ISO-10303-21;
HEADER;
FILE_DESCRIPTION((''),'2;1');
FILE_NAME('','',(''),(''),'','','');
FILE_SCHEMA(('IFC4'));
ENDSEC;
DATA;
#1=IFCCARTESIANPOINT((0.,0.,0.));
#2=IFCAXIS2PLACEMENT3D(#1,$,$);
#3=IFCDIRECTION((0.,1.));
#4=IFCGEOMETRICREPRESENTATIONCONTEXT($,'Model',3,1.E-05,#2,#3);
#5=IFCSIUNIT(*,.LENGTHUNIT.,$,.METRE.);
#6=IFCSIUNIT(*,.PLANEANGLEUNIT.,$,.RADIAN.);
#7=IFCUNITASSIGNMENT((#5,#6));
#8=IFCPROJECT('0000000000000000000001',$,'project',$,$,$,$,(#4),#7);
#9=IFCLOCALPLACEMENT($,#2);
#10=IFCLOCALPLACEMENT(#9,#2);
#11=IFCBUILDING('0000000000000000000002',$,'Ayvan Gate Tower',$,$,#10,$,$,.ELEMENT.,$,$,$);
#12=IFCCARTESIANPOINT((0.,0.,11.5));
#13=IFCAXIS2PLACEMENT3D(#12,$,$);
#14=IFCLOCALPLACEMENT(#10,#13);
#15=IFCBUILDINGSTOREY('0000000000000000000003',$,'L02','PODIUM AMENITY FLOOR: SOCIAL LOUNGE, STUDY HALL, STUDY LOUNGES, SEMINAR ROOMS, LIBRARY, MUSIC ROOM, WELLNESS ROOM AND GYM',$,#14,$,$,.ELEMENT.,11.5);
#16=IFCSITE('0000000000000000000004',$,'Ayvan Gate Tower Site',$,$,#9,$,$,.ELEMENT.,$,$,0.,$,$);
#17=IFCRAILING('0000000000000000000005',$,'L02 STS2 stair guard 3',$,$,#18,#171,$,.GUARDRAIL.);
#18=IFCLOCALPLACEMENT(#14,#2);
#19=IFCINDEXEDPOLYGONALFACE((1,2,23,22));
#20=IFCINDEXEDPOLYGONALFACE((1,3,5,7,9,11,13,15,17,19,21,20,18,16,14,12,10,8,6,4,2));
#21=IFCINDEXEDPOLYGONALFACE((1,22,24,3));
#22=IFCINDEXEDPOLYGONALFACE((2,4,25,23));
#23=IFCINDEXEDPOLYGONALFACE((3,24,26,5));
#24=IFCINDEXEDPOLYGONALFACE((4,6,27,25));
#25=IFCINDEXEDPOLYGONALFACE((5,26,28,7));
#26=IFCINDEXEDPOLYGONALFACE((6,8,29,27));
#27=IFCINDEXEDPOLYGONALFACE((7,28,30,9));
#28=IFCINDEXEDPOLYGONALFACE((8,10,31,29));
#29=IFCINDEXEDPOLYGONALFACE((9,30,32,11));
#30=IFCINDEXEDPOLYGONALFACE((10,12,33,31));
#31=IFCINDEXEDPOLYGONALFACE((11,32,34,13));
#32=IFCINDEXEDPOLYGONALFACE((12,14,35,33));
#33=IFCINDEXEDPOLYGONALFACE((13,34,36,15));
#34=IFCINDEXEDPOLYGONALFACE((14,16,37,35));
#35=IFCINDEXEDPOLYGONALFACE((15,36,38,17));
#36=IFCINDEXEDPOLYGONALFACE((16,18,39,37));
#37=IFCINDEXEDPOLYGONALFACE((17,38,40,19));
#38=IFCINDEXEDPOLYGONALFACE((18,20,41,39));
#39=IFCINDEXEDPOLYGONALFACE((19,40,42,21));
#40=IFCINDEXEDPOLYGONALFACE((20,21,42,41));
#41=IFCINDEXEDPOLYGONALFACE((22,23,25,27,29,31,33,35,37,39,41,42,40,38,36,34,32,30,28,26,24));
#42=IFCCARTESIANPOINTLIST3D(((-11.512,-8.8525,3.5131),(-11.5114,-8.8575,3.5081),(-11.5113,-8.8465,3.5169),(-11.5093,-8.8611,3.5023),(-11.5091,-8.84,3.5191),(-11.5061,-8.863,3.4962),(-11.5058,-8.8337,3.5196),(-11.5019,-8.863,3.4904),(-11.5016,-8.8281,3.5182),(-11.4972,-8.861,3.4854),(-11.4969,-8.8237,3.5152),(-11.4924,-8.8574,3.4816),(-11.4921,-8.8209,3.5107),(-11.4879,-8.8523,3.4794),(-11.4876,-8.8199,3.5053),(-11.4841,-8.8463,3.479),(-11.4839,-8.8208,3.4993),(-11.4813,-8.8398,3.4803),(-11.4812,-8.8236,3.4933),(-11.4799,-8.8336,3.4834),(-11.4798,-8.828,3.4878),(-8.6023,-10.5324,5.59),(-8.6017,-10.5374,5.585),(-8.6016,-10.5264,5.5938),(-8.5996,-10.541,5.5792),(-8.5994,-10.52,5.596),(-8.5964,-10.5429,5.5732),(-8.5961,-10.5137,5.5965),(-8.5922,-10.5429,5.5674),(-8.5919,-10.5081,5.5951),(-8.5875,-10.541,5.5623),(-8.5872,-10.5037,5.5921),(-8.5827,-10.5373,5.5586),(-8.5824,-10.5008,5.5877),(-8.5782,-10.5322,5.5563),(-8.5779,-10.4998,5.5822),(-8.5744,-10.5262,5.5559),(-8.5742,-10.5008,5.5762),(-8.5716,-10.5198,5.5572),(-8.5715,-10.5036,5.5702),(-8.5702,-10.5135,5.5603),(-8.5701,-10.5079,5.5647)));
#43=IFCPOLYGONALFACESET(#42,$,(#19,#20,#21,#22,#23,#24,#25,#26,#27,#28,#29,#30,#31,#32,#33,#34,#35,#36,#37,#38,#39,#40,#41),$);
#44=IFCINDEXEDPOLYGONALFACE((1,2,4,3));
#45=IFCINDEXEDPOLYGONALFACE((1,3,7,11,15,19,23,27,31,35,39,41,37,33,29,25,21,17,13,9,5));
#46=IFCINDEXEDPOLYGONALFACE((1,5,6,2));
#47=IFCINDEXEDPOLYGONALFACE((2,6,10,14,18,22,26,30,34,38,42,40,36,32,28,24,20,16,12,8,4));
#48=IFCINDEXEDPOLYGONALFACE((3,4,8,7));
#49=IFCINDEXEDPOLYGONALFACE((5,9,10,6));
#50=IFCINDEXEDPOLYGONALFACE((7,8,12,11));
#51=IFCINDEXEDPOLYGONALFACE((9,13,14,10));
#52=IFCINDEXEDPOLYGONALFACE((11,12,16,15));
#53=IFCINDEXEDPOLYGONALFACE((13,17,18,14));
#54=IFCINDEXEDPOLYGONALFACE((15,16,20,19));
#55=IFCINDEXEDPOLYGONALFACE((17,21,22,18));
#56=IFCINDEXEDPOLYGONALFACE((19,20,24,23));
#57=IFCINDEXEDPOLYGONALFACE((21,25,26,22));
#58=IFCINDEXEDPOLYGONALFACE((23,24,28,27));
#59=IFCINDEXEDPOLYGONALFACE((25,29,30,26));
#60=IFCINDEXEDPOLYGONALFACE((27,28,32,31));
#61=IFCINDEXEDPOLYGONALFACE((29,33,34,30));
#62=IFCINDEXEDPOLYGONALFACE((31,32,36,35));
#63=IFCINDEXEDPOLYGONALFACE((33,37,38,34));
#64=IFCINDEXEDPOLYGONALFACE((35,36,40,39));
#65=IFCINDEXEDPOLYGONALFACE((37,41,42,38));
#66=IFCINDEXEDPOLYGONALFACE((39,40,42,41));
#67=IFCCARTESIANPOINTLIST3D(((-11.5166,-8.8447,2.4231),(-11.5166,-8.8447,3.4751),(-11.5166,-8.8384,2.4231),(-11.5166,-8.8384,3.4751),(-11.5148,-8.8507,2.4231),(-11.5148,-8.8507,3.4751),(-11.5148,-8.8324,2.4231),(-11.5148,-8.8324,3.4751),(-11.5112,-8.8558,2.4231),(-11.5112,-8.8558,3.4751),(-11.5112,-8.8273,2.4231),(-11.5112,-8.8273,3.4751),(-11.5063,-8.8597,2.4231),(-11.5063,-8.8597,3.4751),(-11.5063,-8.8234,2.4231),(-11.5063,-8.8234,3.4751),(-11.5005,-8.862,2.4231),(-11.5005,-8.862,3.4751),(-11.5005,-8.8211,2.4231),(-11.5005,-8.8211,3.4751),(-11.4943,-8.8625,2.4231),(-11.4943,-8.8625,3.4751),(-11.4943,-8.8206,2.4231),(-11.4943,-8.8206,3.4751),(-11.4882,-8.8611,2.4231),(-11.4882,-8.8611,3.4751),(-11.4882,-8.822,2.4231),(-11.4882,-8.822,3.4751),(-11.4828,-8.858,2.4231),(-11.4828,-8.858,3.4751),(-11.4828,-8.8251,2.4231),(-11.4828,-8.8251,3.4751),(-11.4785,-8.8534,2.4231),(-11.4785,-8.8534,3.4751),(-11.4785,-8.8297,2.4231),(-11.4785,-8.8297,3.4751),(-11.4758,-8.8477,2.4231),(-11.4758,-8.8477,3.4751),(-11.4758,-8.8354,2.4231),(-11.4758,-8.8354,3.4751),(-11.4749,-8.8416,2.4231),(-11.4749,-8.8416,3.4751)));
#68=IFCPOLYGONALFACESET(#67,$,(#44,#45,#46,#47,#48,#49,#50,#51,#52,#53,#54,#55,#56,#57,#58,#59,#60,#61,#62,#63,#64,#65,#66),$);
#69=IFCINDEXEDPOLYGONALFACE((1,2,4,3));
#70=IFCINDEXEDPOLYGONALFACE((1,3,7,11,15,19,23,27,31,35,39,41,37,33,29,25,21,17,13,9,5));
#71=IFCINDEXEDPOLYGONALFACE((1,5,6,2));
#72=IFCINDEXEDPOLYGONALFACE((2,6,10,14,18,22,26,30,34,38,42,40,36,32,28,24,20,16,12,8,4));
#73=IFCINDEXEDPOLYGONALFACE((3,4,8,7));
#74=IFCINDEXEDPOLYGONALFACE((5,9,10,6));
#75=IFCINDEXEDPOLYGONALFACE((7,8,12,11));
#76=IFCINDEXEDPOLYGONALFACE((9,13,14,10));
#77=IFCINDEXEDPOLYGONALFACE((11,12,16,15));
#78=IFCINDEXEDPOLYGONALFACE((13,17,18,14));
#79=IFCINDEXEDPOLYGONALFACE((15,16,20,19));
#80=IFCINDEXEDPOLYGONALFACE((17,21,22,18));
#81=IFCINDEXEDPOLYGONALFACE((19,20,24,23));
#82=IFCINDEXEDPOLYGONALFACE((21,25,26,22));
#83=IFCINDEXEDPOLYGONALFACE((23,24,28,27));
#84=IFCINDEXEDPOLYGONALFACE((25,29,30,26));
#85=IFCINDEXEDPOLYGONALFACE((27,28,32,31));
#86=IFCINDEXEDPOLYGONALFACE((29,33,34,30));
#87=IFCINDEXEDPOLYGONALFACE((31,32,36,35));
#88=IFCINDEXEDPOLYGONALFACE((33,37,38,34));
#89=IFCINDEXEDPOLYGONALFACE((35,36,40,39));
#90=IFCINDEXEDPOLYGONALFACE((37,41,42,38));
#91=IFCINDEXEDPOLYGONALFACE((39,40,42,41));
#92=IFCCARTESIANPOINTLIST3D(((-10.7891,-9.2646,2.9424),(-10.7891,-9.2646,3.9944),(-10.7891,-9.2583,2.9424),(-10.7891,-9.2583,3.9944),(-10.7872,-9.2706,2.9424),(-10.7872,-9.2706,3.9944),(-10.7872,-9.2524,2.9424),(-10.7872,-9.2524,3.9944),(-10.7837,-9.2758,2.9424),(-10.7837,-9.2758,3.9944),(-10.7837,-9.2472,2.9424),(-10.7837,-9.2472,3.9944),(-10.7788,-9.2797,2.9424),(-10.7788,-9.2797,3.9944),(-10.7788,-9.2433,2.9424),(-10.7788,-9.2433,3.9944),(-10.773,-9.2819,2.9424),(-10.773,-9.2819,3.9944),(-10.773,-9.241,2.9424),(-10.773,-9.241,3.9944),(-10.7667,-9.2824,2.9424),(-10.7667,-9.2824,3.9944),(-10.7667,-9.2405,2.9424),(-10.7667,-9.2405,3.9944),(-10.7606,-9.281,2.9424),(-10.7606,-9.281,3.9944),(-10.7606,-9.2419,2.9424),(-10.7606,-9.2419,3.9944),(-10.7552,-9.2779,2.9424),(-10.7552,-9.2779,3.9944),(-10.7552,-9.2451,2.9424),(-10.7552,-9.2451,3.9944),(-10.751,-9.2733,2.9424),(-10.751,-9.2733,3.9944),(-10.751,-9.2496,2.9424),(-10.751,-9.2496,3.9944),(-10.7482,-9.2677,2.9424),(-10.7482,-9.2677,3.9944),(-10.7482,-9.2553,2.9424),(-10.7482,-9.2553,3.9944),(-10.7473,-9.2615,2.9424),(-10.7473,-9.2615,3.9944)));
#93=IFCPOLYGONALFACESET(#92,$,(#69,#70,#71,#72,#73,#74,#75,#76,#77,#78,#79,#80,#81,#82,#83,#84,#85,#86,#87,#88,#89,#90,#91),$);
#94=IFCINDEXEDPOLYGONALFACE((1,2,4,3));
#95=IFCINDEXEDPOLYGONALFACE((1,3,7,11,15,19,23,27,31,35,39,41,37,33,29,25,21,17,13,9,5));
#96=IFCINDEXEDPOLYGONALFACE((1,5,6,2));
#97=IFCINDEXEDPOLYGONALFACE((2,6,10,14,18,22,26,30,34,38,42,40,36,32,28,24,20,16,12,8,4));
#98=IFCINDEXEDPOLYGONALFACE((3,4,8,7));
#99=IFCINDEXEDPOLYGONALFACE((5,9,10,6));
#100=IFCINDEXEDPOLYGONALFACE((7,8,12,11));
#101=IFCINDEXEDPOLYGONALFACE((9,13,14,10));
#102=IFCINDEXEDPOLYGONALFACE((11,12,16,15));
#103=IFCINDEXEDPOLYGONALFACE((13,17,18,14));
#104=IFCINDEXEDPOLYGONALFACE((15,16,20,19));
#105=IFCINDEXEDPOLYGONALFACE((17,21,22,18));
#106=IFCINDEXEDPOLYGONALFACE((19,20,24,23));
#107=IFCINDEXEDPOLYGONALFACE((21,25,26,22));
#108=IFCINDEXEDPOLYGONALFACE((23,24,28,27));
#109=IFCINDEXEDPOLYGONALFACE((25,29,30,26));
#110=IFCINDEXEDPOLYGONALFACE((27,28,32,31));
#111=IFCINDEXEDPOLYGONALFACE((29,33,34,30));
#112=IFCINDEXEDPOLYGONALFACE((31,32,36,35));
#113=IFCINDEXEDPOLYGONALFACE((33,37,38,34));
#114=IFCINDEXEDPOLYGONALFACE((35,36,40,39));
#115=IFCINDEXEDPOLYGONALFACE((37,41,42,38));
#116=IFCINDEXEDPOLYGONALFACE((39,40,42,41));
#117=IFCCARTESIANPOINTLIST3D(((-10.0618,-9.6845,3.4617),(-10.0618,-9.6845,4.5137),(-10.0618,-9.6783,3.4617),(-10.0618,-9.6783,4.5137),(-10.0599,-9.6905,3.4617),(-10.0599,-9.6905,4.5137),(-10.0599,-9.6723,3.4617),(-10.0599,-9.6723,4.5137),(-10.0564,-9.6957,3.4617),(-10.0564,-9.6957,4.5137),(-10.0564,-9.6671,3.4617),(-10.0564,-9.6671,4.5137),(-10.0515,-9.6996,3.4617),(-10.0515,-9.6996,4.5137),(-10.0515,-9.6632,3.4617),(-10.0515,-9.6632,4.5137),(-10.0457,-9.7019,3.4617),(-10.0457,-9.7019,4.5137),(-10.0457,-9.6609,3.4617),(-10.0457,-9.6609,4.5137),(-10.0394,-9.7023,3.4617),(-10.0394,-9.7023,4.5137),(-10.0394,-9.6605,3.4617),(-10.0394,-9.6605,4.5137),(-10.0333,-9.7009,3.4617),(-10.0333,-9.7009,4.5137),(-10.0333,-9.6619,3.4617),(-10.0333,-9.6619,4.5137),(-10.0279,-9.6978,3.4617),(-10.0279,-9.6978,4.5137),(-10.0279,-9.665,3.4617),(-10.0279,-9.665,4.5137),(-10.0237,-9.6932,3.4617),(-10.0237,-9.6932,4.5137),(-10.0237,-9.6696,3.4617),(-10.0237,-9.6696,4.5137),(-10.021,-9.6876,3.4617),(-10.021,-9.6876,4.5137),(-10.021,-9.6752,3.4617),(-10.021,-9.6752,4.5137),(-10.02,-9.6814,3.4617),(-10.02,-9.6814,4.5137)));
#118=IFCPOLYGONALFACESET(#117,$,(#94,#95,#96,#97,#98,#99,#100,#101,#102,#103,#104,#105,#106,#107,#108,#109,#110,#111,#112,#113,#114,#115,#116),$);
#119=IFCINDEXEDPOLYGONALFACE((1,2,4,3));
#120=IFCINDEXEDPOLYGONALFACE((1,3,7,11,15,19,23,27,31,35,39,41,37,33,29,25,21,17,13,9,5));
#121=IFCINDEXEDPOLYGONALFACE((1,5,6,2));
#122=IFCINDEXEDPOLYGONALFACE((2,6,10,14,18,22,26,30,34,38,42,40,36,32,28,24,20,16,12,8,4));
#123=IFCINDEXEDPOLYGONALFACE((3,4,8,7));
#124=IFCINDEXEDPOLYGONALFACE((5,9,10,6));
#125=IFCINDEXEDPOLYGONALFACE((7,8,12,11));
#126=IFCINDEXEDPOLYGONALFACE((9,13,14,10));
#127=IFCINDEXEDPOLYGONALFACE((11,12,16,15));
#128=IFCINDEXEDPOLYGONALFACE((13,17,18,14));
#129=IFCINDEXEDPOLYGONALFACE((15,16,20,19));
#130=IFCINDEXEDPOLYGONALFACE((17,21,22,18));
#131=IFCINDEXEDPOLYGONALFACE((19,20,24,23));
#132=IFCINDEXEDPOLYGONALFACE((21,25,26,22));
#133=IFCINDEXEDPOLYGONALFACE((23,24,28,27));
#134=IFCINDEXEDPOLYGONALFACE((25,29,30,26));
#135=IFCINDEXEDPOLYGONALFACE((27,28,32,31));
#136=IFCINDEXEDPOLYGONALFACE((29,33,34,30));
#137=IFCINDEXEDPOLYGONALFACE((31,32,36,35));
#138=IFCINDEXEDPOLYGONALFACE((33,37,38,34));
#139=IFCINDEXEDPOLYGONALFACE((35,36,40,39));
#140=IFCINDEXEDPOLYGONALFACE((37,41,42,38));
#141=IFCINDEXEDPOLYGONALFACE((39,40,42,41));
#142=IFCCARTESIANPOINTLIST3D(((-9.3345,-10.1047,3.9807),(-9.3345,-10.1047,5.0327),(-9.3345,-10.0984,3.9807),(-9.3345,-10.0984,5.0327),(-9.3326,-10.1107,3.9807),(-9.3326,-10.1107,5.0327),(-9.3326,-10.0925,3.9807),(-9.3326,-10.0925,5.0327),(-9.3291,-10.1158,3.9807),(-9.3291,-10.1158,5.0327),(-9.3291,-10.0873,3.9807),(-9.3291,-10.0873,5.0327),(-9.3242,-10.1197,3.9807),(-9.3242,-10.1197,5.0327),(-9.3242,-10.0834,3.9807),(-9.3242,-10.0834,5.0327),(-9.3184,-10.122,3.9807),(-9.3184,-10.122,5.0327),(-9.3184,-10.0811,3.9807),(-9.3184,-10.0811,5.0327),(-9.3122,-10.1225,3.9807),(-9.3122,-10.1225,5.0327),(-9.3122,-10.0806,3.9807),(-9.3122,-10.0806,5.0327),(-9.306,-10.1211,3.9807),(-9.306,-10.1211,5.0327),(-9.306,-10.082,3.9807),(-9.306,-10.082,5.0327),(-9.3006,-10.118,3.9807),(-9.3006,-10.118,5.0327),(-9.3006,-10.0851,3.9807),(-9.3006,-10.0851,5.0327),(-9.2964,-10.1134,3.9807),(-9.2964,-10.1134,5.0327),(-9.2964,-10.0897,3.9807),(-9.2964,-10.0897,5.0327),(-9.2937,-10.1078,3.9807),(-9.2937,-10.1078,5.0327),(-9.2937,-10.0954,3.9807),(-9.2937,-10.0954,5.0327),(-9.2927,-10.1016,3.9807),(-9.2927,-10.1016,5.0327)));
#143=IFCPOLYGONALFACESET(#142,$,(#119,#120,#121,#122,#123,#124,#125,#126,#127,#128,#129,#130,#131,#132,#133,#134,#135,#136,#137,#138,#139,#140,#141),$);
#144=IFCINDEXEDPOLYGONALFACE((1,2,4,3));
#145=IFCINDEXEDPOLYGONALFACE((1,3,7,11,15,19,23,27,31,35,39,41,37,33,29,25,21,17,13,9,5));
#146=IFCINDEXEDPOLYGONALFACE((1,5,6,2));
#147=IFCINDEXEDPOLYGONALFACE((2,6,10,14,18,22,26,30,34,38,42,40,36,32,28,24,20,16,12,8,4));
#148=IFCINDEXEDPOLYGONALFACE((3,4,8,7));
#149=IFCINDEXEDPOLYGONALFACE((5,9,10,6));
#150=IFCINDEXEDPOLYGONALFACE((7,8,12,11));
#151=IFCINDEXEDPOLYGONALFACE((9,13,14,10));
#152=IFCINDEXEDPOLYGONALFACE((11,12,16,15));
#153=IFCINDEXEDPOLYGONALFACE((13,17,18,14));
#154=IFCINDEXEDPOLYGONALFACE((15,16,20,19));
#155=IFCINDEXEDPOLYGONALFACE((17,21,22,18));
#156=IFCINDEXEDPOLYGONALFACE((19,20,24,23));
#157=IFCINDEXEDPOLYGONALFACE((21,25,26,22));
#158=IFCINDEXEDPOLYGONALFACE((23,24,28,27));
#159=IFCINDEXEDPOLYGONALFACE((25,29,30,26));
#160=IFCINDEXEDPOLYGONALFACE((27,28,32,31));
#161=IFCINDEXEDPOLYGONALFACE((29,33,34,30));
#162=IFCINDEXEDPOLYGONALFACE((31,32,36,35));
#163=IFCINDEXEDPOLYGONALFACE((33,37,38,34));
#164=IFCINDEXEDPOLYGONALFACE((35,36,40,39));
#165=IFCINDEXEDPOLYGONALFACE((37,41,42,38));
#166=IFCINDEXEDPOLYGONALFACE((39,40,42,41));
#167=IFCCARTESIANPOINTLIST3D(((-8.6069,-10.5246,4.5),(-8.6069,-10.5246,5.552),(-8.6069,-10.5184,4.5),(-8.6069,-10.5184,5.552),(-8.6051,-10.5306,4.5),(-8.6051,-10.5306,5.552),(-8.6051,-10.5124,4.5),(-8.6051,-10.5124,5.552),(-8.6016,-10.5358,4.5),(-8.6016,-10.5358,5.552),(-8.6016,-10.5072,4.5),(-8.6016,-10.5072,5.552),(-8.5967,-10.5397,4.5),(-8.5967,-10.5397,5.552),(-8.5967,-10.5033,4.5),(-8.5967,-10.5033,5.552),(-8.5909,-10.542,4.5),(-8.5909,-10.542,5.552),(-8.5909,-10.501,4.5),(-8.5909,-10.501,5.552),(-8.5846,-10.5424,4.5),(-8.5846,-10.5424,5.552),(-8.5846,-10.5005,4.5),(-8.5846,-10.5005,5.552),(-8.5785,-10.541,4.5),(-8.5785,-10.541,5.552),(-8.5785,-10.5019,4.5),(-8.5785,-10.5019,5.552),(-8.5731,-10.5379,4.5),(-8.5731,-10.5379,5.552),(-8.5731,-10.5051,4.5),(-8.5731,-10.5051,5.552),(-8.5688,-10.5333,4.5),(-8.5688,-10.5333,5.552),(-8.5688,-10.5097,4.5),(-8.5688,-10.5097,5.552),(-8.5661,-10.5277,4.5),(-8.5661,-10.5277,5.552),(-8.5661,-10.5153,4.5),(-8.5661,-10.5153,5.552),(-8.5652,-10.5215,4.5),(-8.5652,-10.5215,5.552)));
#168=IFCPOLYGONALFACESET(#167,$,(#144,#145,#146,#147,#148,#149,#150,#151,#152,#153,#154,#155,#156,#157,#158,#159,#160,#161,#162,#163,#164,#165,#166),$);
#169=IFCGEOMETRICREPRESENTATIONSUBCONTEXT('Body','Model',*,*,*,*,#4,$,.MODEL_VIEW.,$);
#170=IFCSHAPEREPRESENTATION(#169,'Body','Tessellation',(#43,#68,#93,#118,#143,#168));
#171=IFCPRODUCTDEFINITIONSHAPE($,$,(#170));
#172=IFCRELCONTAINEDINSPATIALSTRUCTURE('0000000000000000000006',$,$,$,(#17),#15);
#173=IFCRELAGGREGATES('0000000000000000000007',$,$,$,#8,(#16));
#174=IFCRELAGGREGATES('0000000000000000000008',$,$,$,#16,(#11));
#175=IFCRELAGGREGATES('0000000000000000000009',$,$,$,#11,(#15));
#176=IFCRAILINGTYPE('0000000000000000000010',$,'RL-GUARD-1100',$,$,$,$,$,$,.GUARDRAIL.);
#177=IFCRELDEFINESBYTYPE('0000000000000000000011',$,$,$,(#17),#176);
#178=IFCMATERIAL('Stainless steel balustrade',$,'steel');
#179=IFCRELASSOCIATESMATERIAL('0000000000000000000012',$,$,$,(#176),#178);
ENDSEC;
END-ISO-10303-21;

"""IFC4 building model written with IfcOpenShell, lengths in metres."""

from ifc_helpers import new_model, si_unit, direction, frame, origin, origin_2d, place, context, subcontext, project, spatial, circle, extrude, material, type_object, element, save


model = new_model("IFC4")

# Units and contexts
model_context = context("Model", 3, precision=1e-05, world=origin(), true_north=direction((0.0, 1.0)))
body_context = subcontext(model_context, "Body", "Model", "MODEL_VIEW")
ifc_project = project(units=[si_unit("LENGTHUNIT", "METRE"), si_unit("PLANEANGLEUNIT", "RADIAN")], contexts=[model_context])

# Site, building, storey
site_placement = place(None, origin())
site = spatial("IfcSite", under=ifc_project, at=site_placement, Name="Ayvan Gate Tower Site", CompositionType="ELEMENT", RefElevation=0.0)
building_placement = place(site_placement, origin())
building = spatial("IfcBuilding", under=site, at=building_placement, Name="Ayvan Gate Tower", CompositionType="ELEMENT")
storey_placement = place(building_placement, frame((0.0, 0.0, 11.5)))
storey = spatial("IfcBuildingStorey", under=building, at=storey_placement, Name="L02", Description="PODIUM AMENITY FLOOR: SOCIAL LOUNGE, STUDY HALL, STUDY LOUNGES, SEMINAR ROOMS, LIBRARY, MUSIC ROOM, WELLNESS ROOM AND GYM", CompositionType="ELEMENT", Elevation=11.5)

# Railing
ifc_material_1 = material(Name="Stainless steel balustrade", Category="steel")
railing_type_1 = type_object("IfcRailingType", Name="RL-GUARD-1100", PredefinedType="GUARDRAIL", material=ifc_material_1)
railing_1_placement = place(storey_placement, frame((-11.4958, -8.8416, 2.4231)))
element("IfcRailing", 1, at=railing_1_placement, inside=storey, type_object=railing_type_1, Name="L02 STS2 stair guard 3", PredefinedType="GUARDRAIL", context=body_context, shape_type="SweptSolid", body=[
    extrude(circle(Radius=0.0239, at=origin_2d()), frame((0.0, 0.0, 1.0762), z_axis=(0.73664, -0.425308, 0.525809), x_axis=(0.500008, 0.866021, 0.0)), (0.0, 0.0, 1.0), 3.95),
    extrude(circle(Radius=0.021, at=origin_2d()), origin(), (0.0, 0.0, 1.0), 1.052),
    extrude(circle(Radius=0.021, at=origin_2d()), frame((0.7275, -0.4199, 0.5193)), (0.0, 0.0, 1.0), 1.052),
    extrude(circle(Radius=0.021, at=origin_2d()), frame((1.4548, -0.8398, 1.0386)), (0.0, 0.0, 1.0), 1.052),
    extrude(circle(Radius=0.021, at=origin_2d()), frame((2.1821, -1.26, 1.5576)), (0.0, 0.0, 1.0), 1.052),
    extrude(circle(Radius=0.021, at=origin_2d()), frame((2.9097, -1.6799, 2.0769)), (0.0, 0.0, 1.0), 1.052),
])

save(model, "model.ifc")
